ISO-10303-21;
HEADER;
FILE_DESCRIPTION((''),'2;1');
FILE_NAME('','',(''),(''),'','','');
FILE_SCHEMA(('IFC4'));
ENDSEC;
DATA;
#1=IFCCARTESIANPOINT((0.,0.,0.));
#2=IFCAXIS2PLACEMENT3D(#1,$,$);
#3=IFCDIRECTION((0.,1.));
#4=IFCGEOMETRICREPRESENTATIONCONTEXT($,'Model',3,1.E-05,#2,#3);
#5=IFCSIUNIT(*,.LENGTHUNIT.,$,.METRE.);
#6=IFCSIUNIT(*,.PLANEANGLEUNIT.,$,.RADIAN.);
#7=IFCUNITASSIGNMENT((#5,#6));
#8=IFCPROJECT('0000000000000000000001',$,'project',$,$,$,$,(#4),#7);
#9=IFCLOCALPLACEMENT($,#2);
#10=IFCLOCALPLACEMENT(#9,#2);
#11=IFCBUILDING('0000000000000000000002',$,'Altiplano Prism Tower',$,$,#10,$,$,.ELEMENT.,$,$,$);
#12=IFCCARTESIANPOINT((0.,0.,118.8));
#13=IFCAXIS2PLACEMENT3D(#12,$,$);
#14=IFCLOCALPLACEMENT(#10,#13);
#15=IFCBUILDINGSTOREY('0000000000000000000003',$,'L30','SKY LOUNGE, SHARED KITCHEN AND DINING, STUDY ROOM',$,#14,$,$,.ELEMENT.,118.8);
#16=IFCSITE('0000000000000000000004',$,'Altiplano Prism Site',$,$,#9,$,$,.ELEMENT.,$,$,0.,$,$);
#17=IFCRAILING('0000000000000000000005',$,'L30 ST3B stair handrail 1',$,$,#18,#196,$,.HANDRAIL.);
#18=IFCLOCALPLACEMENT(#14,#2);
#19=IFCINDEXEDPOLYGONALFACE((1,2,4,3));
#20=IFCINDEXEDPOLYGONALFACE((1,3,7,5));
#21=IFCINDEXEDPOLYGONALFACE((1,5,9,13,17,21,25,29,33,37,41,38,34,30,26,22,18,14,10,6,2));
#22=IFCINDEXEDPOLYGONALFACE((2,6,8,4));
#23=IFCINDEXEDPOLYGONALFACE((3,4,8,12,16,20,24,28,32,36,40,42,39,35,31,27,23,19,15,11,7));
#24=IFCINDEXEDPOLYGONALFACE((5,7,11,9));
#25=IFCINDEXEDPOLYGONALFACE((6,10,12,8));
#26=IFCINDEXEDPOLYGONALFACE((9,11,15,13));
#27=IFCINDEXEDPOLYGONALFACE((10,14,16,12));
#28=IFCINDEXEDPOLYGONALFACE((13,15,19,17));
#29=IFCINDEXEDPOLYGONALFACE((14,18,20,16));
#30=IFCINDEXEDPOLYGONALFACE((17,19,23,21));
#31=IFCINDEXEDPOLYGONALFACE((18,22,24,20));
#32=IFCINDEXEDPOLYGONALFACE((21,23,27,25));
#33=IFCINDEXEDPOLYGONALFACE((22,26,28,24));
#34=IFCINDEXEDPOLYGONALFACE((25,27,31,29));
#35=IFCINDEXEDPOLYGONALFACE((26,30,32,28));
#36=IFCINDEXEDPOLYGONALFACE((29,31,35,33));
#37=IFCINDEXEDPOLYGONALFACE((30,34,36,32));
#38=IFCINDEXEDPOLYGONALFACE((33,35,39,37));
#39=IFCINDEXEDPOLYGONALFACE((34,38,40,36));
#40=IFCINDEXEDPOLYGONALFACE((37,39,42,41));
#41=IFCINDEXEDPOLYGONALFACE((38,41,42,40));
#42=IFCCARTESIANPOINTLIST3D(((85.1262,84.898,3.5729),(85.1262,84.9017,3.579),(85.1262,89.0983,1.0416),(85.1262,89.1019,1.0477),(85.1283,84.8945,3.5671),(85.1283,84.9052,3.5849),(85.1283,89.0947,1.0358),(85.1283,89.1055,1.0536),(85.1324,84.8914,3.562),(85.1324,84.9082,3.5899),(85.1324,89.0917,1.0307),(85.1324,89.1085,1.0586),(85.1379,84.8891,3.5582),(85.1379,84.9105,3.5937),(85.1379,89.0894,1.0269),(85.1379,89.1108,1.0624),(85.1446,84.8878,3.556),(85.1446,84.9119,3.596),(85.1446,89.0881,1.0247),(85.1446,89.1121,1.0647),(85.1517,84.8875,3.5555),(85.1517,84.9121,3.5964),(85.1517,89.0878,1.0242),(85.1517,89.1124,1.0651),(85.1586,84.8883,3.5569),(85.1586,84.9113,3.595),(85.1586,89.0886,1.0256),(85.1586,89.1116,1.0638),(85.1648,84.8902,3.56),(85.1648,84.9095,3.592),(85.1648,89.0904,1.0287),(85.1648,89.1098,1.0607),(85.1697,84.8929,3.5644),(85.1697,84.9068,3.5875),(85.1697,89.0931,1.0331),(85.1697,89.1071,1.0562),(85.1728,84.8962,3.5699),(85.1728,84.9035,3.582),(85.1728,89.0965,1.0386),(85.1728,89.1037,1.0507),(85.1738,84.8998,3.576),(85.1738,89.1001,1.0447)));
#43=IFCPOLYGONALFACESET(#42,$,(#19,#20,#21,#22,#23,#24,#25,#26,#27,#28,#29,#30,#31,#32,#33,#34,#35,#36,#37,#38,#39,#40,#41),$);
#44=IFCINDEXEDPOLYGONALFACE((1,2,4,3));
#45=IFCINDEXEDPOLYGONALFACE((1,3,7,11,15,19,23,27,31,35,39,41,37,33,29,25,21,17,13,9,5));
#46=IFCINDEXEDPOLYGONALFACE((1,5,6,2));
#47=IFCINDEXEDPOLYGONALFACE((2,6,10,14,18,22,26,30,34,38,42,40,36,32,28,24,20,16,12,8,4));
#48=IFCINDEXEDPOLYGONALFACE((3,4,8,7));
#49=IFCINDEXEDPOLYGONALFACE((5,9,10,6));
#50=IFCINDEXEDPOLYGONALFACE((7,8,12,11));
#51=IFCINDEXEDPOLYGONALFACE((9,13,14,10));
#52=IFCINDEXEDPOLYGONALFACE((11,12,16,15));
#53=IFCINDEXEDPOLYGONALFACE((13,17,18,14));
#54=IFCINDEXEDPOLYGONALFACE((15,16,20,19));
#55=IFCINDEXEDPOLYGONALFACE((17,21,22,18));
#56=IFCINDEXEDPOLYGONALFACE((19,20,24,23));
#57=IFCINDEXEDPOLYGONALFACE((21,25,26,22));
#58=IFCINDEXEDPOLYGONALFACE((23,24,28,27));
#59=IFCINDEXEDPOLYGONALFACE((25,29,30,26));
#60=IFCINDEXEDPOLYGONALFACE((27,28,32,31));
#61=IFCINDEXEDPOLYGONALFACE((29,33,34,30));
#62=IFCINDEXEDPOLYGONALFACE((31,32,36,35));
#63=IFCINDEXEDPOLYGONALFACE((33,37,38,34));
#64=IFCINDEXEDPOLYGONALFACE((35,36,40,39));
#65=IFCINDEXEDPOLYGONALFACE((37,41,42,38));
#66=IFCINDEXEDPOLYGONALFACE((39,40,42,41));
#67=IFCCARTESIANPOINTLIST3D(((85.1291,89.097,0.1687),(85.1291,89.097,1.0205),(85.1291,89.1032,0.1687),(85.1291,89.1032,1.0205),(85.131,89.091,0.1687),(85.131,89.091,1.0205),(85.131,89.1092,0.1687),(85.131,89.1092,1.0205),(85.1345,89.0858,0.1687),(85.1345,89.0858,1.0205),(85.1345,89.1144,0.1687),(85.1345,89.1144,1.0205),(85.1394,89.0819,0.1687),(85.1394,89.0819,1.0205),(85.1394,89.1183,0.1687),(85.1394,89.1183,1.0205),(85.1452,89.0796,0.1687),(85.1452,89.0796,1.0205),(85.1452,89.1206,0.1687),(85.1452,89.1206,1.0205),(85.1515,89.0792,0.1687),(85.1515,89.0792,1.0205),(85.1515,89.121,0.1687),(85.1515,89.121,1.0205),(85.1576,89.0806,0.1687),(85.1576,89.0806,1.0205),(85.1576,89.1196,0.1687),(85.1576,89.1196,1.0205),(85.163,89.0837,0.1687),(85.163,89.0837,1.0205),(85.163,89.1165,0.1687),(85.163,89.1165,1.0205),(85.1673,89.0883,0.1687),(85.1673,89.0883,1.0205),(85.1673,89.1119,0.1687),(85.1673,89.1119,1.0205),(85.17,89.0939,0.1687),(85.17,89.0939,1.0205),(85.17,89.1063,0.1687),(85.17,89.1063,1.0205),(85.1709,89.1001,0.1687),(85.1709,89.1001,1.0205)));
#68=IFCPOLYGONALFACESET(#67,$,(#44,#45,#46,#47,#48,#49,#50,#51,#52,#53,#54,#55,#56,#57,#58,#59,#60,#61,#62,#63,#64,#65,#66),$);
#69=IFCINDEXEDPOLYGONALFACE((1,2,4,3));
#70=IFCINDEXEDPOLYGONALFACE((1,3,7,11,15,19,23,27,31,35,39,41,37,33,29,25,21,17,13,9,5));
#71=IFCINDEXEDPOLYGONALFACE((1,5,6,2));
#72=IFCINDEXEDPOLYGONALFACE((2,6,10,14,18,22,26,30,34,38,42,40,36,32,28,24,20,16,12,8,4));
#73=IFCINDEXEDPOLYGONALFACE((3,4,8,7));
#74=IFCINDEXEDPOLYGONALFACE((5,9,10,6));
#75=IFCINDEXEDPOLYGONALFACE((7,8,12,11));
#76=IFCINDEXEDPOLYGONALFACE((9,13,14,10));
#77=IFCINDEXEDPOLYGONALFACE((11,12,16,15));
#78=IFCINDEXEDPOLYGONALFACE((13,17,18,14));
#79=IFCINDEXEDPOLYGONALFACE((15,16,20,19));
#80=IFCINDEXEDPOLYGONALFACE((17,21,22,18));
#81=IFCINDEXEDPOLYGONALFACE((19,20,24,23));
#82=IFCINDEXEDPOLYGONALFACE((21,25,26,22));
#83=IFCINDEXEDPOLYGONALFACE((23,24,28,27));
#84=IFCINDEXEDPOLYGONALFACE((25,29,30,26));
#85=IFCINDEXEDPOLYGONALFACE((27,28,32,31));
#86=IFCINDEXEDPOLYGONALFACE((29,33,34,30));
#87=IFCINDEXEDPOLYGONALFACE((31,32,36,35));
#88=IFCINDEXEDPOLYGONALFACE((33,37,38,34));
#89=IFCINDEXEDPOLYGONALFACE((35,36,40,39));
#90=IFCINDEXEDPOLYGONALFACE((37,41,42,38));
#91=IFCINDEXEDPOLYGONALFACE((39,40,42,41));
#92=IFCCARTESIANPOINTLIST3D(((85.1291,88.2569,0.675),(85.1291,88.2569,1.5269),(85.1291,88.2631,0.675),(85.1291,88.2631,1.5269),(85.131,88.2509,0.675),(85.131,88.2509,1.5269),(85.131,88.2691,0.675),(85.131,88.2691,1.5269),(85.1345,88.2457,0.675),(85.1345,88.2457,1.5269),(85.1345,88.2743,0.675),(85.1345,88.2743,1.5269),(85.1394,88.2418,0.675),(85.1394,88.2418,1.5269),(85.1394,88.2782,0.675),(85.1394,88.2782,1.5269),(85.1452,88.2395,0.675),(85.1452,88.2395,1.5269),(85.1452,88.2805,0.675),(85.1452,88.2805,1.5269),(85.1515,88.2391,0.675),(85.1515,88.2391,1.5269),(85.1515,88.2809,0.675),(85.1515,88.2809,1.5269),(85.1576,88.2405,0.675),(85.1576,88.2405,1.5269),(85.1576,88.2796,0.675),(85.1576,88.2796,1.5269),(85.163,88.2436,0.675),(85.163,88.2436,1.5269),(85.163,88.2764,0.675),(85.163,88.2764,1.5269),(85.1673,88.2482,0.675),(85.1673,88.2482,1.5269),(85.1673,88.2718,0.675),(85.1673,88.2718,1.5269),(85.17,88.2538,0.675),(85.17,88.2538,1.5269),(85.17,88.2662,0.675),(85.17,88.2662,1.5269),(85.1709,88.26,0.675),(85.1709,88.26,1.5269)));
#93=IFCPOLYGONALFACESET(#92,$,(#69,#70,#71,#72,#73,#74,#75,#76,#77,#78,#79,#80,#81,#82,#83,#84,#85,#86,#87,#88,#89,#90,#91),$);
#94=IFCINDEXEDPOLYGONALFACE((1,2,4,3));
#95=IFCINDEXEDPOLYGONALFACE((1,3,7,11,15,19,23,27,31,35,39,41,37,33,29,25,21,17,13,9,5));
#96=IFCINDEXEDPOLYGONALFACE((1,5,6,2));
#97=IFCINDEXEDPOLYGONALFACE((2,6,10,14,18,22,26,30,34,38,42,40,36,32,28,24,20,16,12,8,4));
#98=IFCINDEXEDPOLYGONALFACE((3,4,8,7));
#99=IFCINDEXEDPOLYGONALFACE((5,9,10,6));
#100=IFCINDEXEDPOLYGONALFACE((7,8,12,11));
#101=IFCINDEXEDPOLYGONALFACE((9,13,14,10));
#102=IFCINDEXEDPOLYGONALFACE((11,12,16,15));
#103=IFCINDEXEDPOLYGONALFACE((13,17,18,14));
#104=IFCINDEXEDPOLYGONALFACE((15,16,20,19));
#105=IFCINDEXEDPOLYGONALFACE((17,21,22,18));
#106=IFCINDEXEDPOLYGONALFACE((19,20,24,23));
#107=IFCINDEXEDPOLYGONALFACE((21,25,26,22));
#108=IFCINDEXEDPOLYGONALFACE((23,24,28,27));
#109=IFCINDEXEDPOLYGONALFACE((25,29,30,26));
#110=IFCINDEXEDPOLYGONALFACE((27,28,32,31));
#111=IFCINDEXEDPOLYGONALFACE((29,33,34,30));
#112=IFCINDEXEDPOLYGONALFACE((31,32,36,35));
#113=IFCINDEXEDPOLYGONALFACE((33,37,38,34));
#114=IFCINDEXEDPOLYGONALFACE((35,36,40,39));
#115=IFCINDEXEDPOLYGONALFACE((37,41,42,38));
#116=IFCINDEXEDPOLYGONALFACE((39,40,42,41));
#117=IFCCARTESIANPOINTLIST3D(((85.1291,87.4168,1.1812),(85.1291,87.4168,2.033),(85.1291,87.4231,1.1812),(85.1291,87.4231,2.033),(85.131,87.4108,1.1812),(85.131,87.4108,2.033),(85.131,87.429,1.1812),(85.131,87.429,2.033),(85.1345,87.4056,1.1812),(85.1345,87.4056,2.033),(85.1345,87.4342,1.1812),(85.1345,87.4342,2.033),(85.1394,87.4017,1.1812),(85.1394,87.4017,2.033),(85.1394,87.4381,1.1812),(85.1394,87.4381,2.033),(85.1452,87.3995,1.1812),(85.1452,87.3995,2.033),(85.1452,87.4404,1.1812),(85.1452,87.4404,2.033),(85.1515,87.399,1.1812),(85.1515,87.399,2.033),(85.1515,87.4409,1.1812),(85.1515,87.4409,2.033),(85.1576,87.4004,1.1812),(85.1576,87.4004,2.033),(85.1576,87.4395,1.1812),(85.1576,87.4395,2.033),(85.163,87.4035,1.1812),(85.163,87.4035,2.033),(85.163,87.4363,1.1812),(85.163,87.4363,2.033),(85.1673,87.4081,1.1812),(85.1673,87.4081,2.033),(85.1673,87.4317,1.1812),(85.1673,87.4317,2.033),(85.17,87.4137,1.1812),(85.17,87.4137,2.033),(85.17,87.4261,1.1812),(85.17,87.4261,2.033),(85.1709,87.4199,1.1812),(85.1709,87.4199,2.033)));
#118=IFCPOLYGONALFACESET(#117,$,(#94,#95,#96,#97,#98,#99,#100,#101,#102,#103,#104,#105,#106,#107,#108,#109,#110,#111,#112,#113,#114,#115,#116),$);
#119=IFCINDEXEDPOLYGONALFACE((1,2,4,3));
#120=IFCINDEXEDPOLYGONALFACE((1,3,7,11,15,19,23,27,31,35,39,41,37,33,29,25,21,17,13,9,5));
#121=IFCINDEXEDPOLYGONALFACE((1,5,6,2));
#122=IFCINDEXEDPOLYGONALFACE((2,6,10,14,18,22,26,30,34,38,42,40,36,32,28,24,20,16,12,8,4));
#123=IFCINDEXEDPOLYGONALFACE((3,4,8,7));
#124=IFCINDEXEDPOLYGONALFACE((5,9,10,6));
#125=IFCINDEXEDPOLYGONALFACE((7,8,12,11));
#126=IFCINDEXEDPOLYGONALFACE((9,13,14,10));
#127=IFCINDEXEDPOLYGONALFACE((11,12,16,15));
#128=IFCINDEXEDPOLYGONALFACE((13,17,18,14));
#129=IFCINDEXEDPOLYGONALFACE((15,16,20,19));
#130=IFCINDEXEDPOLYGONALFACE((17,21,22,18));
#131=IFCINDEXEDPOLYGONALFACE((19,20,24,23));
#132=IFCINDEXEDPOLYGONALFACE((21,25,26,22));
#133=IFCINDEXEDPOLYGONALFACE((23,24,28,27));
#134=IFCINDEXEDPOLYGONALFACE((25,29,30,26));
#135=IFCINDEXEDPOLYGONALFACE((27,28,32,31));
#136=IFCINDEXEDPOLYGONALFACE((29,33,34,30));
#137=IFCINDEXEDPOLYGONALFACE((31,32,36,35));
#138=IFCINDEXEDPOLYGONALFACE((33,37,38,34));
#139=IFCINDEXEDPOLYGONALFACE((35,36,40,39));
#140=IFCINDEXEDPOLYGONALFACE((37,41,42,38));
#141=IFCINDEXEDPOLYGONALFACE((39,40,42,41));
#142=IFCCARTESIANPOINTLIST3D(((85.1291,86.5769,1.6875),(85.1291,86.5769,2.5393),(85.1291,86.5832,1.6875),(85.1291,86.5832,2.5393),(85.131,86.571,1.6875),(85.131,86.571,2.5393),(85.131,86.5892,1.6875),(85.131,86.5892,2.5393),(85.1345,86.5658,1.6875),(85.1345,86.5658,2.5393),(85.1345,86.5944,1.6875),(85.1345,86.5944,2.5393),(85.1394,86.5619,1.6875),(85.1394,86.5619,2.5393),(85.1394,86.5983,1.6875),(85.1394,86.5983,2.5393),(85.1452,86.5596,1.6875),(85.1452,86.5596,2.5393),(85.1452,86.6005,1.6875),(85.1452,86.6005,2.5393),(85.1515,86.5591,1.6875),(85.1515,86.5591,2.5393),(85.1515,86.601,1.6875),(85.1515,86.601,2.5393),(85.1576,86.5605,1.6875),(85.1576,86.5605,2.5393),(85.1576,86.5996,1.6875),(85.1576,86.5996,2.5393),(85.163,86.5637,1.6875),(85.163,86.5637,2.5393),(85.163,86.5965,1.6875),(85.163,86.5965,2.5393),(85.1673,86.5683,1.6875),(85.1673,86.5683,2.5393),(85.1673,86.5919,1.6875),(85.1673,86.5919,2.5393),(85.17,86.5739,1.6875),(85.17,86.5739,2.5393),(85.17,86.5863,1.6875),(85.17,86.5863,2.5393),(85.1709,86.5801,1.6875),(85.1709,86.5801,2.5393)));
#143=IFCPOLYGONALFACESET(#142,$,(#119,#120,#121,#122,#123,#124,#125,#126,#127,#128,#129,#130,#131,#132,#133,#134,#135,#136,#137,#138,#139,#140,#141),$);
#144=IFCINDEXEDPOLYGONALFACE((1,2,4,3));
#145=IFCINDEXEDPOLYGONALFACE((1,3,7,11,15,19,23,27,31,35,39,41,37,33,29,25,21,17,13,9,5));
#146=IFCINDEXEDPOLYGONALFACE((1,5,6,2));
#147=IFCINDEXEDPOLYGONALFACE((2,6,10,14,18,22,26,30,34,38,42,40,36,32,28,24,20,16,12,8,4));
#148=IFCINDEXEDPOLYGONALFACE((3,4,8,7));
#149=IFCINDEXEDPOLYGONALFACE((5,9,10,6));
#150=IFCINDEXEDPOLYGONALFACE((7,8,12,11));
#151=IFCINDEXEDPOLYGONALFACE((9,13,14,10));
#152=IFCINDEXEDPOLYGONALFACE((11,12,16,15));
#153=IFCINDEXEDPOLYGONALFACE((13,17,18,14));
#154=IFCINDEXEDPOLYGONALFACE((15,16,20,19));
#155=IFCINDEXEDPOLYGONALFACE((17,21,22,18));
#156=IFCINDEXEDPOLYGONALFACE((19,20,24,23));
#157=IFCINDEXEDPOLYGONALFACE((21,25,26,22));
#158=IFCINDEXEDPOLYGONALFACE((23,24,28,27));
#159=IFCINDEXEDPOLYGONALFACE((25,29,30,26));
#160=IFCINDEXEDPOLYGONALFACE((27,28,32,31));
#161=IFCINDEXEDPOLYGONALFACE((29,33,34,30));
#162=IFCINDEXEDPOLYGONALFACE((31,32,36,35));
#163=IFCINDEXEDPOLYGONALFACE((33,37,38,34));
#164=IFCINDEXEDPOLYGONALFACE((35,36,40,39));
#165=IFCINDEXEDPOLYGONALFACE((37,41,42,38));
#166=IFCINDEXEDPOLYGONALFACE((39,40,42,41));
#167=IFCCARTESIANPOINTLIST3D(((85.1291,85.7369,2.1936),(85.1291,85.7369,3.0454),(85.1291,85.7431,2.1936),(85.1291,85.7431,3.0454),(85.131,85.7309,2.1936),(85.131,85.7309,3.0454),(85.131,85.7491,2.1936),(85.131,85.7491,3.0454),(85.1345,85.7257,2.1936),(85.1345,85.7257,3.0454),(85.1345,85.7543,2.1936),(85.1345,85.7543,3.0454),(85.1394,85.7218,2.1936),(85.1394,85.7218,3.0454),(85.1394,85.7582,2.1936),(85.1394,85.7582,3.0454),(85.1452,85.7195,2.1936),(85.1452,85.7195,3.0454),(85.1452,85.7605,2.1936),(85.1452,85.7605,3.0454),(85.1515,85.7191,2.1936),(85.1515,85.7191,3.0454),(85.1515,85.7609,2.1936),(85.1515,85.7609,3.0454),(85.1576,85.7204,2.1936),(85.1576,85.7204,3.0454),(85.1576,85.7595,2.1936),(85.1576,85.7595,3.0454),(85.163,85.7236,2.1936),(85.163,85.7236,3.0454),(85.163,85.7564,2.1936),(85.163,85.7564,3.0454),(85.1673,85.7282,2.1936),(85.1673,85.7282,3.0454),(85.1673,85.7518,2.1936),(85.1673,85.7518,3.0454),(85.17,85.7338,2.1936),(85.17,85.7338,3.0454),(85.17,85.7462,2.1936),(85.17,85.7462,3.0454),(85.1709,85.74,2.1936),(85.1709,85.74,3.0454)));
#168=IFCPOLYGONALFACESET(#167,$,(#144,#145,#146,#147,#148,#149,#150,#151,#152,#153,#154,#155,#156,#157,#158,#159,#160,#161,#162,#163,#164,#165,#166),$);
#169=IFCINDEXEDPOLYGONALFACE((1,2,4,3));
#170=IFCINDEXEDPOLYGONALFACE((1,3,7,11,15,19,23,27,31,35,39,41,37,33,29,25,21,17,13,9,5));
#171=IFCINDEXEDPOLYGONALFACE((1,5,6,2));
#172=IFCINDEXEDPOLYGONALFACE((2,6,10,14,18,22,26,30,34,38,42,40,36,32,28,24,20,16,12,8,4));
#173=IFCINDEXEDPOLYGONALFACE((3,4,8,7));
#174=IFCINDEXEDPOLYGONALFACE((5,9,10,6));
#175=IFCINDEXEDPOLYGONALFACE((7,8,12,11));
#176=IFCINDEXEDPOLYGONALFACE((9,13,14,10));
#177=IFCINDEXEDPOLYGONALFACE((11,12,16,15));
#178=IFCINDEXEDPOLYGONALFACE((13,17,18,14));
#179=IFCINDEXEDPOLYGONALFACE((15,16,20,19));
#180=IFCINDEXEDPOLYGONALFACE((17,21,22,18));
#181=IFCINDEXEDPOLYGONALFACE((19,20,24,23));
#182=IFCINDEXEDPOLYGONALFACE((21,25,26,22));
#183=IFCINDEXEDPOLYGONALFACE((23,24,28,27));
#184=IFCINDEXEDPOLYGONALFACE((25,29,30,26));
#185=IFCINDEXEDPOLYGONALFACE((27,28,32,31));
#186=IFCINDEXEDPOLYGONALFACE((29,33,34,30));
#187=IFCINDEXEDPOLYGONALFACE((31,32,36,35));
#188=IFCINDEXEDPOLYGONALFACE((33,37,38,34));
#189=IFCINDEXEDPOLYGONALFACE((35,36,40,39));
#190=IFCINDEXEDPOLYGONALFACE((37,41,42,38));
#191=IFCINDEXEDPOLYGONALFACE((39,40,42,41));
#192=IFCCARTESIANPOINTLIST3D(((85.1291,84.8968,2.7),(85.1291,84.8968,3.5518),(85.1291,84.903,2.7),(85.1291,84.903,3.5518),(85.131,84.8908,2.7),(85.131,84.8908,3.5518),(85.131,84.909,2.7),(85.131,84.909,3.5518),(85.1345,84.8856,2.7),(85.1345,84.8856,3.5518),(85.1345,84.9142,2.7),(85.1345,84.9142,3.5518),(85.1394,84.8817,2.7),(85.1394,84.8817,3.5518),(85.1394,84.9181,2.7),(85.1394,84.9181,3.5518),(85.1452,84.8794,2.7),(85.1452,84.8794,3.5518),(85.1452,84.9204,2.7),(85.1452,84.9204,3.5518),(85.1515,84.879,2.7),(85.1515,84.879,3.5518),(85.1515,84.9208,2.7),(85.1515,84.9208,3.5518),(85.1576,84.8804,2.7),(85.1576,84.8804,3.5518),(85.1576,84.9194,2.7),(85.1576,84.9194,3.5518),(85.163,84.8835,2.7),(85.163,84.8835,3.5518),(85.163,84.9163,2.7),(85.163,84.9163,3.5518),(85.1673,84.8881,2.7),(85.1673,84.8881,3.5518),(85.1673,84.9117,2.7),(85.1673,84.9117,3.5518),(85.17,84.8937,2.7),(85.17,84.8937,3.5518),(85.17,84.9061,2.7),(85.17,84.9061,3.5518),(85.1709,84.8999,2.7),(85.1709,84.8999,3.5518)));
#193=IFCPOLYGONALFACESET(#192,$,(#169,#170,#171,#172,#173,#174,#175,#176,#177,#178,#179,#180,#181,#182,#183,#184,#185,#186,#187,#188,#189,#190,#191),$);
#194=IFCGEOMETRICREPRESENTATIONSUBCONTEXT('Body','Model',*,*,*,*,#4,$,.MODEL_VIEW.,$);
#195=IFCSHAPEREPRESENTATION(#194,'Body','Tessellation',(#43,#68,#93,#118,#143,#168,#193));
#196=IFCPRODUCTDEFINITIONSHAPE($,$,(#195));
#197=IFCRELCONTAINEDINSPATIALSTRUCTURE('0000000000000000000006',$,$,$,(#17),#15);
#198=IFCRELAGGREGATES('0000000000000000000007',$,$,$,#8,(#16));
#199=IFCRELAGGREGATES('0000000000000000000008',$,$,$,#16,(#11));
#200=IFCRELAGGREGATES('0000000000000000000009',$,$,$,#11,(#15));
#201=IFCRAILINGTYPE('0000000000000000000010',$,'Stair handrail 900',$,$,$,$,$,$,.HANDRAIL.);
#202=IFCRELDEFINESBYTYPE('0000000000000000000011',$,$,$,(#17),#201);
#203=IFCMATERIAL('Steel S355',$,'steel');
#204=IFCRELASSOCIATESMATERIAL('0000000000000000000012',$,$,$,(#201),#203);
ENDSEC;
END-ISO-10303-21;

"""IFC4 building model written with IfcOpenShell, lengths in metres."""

from ifc_helpers import new_model, si_unit, direction, frame, origin, origin_2d, place, context, subcontext, project, spatial, circle, extrude, material, type_object, element, save


model = new_model("IFC4")

# Units and contexts
model_context = context("Model", 3, precision=1e-05, world=origin(), true_north=direction((0.0, 1.0)))
body_context = subcontext(model_context, "Body", "Model", "MODEL_VIEW")
ifc_project = project(units=[si_unit("LENGTHUNIT", "METRE"), si_unit("PLANEANGLEUNIT", "RADIAN")], contexts=[model_context])

# Site, building, storey
site_placement = place(None, origin())
site = spatial("IfcSite", under=ifc_project, at=site_placement, Name="Altiplano Prism Site", CompositionType="ELEMENT", RefElevation=0.0)
building_placement = place(site_placement, origin())
building = spatial("IfcBuilding", under=site, at=building_placement, Name="Altiplano Prism Tower", CompositionType="ELEMENT")
storey_placement = place(building_placement, frame((0.0, 0.0, 118.8)))
storey = spatial("IfcBuildingStorey", under=building, at=storey_placement, Name="L30", Description="SKY LOUNGE, SHARED KITCHEN AND DINING, STUDY ROOM", CompositionType="ELEMENT", Elevation=118.8)

# Railing
ifc_material_1 = material(Name="Steel S355", Category="steel")
railing_type = type_object("IfcRailingType", Name="Stair handrail 900", PredefinedType="HANDRAIL", material=ifc_material_1)
railing_1_placement = place(storey_placement, frame((85.1499, 89.1001, 0.1687)))
element("IfcRailing", 1, at=railing_1_placement, inside=storey, type_object=railing_type, Name="L30 ST3B stair handrail 1", PredefinedType="HANDRAIL", context=body_context, shape_type="SweptSolid", body=[
    extrude(circle(Radius=0.0239, at=origin_2d()), frame((0.0, 0.0, 0.876), z_axis=(0.0, -0.85649, 0.516164), x_axis=(1.0, 0.0, 0.0)), (0.0, 0.0, 1.0), 4.9041),
    extrude(circle(Radius=0.021, at=origin_2d()), origin(), (0.0, 0.0, 1.0), 0.8518),
    extrude(circle(Radius=0.021, at=origin_2d()), frame((0.0, -0.8401, 0.5063)), (0.0, 0.0, 1.0), 0.8518),
    extrude(circle(Radius=0.021, at=origin_2d()), frame((0.0, -1.6802, 1.0125)), (0.0, 0.0, 1.0), 0.8518),
    extrude(circle(Radius=0.021, at=origin_2d()), frame((0.0, -2.52, 1.5188)), (0.0, 0.0, 1.0), 0.8518),
    extrude(circle(Radius=0.021, at=origin_2d()), frame((0.0, -3.3601, 2.0249)), (0.0, 0.0, 1.0), 0.8518),
    extrude(circle(Radius=0.021, at=origin_2d()), frame((0.0, -4.2002, 2.5312)), (0.0, 0.0, 1.0), 0.8518),
])

save(model, "model.ifc")
